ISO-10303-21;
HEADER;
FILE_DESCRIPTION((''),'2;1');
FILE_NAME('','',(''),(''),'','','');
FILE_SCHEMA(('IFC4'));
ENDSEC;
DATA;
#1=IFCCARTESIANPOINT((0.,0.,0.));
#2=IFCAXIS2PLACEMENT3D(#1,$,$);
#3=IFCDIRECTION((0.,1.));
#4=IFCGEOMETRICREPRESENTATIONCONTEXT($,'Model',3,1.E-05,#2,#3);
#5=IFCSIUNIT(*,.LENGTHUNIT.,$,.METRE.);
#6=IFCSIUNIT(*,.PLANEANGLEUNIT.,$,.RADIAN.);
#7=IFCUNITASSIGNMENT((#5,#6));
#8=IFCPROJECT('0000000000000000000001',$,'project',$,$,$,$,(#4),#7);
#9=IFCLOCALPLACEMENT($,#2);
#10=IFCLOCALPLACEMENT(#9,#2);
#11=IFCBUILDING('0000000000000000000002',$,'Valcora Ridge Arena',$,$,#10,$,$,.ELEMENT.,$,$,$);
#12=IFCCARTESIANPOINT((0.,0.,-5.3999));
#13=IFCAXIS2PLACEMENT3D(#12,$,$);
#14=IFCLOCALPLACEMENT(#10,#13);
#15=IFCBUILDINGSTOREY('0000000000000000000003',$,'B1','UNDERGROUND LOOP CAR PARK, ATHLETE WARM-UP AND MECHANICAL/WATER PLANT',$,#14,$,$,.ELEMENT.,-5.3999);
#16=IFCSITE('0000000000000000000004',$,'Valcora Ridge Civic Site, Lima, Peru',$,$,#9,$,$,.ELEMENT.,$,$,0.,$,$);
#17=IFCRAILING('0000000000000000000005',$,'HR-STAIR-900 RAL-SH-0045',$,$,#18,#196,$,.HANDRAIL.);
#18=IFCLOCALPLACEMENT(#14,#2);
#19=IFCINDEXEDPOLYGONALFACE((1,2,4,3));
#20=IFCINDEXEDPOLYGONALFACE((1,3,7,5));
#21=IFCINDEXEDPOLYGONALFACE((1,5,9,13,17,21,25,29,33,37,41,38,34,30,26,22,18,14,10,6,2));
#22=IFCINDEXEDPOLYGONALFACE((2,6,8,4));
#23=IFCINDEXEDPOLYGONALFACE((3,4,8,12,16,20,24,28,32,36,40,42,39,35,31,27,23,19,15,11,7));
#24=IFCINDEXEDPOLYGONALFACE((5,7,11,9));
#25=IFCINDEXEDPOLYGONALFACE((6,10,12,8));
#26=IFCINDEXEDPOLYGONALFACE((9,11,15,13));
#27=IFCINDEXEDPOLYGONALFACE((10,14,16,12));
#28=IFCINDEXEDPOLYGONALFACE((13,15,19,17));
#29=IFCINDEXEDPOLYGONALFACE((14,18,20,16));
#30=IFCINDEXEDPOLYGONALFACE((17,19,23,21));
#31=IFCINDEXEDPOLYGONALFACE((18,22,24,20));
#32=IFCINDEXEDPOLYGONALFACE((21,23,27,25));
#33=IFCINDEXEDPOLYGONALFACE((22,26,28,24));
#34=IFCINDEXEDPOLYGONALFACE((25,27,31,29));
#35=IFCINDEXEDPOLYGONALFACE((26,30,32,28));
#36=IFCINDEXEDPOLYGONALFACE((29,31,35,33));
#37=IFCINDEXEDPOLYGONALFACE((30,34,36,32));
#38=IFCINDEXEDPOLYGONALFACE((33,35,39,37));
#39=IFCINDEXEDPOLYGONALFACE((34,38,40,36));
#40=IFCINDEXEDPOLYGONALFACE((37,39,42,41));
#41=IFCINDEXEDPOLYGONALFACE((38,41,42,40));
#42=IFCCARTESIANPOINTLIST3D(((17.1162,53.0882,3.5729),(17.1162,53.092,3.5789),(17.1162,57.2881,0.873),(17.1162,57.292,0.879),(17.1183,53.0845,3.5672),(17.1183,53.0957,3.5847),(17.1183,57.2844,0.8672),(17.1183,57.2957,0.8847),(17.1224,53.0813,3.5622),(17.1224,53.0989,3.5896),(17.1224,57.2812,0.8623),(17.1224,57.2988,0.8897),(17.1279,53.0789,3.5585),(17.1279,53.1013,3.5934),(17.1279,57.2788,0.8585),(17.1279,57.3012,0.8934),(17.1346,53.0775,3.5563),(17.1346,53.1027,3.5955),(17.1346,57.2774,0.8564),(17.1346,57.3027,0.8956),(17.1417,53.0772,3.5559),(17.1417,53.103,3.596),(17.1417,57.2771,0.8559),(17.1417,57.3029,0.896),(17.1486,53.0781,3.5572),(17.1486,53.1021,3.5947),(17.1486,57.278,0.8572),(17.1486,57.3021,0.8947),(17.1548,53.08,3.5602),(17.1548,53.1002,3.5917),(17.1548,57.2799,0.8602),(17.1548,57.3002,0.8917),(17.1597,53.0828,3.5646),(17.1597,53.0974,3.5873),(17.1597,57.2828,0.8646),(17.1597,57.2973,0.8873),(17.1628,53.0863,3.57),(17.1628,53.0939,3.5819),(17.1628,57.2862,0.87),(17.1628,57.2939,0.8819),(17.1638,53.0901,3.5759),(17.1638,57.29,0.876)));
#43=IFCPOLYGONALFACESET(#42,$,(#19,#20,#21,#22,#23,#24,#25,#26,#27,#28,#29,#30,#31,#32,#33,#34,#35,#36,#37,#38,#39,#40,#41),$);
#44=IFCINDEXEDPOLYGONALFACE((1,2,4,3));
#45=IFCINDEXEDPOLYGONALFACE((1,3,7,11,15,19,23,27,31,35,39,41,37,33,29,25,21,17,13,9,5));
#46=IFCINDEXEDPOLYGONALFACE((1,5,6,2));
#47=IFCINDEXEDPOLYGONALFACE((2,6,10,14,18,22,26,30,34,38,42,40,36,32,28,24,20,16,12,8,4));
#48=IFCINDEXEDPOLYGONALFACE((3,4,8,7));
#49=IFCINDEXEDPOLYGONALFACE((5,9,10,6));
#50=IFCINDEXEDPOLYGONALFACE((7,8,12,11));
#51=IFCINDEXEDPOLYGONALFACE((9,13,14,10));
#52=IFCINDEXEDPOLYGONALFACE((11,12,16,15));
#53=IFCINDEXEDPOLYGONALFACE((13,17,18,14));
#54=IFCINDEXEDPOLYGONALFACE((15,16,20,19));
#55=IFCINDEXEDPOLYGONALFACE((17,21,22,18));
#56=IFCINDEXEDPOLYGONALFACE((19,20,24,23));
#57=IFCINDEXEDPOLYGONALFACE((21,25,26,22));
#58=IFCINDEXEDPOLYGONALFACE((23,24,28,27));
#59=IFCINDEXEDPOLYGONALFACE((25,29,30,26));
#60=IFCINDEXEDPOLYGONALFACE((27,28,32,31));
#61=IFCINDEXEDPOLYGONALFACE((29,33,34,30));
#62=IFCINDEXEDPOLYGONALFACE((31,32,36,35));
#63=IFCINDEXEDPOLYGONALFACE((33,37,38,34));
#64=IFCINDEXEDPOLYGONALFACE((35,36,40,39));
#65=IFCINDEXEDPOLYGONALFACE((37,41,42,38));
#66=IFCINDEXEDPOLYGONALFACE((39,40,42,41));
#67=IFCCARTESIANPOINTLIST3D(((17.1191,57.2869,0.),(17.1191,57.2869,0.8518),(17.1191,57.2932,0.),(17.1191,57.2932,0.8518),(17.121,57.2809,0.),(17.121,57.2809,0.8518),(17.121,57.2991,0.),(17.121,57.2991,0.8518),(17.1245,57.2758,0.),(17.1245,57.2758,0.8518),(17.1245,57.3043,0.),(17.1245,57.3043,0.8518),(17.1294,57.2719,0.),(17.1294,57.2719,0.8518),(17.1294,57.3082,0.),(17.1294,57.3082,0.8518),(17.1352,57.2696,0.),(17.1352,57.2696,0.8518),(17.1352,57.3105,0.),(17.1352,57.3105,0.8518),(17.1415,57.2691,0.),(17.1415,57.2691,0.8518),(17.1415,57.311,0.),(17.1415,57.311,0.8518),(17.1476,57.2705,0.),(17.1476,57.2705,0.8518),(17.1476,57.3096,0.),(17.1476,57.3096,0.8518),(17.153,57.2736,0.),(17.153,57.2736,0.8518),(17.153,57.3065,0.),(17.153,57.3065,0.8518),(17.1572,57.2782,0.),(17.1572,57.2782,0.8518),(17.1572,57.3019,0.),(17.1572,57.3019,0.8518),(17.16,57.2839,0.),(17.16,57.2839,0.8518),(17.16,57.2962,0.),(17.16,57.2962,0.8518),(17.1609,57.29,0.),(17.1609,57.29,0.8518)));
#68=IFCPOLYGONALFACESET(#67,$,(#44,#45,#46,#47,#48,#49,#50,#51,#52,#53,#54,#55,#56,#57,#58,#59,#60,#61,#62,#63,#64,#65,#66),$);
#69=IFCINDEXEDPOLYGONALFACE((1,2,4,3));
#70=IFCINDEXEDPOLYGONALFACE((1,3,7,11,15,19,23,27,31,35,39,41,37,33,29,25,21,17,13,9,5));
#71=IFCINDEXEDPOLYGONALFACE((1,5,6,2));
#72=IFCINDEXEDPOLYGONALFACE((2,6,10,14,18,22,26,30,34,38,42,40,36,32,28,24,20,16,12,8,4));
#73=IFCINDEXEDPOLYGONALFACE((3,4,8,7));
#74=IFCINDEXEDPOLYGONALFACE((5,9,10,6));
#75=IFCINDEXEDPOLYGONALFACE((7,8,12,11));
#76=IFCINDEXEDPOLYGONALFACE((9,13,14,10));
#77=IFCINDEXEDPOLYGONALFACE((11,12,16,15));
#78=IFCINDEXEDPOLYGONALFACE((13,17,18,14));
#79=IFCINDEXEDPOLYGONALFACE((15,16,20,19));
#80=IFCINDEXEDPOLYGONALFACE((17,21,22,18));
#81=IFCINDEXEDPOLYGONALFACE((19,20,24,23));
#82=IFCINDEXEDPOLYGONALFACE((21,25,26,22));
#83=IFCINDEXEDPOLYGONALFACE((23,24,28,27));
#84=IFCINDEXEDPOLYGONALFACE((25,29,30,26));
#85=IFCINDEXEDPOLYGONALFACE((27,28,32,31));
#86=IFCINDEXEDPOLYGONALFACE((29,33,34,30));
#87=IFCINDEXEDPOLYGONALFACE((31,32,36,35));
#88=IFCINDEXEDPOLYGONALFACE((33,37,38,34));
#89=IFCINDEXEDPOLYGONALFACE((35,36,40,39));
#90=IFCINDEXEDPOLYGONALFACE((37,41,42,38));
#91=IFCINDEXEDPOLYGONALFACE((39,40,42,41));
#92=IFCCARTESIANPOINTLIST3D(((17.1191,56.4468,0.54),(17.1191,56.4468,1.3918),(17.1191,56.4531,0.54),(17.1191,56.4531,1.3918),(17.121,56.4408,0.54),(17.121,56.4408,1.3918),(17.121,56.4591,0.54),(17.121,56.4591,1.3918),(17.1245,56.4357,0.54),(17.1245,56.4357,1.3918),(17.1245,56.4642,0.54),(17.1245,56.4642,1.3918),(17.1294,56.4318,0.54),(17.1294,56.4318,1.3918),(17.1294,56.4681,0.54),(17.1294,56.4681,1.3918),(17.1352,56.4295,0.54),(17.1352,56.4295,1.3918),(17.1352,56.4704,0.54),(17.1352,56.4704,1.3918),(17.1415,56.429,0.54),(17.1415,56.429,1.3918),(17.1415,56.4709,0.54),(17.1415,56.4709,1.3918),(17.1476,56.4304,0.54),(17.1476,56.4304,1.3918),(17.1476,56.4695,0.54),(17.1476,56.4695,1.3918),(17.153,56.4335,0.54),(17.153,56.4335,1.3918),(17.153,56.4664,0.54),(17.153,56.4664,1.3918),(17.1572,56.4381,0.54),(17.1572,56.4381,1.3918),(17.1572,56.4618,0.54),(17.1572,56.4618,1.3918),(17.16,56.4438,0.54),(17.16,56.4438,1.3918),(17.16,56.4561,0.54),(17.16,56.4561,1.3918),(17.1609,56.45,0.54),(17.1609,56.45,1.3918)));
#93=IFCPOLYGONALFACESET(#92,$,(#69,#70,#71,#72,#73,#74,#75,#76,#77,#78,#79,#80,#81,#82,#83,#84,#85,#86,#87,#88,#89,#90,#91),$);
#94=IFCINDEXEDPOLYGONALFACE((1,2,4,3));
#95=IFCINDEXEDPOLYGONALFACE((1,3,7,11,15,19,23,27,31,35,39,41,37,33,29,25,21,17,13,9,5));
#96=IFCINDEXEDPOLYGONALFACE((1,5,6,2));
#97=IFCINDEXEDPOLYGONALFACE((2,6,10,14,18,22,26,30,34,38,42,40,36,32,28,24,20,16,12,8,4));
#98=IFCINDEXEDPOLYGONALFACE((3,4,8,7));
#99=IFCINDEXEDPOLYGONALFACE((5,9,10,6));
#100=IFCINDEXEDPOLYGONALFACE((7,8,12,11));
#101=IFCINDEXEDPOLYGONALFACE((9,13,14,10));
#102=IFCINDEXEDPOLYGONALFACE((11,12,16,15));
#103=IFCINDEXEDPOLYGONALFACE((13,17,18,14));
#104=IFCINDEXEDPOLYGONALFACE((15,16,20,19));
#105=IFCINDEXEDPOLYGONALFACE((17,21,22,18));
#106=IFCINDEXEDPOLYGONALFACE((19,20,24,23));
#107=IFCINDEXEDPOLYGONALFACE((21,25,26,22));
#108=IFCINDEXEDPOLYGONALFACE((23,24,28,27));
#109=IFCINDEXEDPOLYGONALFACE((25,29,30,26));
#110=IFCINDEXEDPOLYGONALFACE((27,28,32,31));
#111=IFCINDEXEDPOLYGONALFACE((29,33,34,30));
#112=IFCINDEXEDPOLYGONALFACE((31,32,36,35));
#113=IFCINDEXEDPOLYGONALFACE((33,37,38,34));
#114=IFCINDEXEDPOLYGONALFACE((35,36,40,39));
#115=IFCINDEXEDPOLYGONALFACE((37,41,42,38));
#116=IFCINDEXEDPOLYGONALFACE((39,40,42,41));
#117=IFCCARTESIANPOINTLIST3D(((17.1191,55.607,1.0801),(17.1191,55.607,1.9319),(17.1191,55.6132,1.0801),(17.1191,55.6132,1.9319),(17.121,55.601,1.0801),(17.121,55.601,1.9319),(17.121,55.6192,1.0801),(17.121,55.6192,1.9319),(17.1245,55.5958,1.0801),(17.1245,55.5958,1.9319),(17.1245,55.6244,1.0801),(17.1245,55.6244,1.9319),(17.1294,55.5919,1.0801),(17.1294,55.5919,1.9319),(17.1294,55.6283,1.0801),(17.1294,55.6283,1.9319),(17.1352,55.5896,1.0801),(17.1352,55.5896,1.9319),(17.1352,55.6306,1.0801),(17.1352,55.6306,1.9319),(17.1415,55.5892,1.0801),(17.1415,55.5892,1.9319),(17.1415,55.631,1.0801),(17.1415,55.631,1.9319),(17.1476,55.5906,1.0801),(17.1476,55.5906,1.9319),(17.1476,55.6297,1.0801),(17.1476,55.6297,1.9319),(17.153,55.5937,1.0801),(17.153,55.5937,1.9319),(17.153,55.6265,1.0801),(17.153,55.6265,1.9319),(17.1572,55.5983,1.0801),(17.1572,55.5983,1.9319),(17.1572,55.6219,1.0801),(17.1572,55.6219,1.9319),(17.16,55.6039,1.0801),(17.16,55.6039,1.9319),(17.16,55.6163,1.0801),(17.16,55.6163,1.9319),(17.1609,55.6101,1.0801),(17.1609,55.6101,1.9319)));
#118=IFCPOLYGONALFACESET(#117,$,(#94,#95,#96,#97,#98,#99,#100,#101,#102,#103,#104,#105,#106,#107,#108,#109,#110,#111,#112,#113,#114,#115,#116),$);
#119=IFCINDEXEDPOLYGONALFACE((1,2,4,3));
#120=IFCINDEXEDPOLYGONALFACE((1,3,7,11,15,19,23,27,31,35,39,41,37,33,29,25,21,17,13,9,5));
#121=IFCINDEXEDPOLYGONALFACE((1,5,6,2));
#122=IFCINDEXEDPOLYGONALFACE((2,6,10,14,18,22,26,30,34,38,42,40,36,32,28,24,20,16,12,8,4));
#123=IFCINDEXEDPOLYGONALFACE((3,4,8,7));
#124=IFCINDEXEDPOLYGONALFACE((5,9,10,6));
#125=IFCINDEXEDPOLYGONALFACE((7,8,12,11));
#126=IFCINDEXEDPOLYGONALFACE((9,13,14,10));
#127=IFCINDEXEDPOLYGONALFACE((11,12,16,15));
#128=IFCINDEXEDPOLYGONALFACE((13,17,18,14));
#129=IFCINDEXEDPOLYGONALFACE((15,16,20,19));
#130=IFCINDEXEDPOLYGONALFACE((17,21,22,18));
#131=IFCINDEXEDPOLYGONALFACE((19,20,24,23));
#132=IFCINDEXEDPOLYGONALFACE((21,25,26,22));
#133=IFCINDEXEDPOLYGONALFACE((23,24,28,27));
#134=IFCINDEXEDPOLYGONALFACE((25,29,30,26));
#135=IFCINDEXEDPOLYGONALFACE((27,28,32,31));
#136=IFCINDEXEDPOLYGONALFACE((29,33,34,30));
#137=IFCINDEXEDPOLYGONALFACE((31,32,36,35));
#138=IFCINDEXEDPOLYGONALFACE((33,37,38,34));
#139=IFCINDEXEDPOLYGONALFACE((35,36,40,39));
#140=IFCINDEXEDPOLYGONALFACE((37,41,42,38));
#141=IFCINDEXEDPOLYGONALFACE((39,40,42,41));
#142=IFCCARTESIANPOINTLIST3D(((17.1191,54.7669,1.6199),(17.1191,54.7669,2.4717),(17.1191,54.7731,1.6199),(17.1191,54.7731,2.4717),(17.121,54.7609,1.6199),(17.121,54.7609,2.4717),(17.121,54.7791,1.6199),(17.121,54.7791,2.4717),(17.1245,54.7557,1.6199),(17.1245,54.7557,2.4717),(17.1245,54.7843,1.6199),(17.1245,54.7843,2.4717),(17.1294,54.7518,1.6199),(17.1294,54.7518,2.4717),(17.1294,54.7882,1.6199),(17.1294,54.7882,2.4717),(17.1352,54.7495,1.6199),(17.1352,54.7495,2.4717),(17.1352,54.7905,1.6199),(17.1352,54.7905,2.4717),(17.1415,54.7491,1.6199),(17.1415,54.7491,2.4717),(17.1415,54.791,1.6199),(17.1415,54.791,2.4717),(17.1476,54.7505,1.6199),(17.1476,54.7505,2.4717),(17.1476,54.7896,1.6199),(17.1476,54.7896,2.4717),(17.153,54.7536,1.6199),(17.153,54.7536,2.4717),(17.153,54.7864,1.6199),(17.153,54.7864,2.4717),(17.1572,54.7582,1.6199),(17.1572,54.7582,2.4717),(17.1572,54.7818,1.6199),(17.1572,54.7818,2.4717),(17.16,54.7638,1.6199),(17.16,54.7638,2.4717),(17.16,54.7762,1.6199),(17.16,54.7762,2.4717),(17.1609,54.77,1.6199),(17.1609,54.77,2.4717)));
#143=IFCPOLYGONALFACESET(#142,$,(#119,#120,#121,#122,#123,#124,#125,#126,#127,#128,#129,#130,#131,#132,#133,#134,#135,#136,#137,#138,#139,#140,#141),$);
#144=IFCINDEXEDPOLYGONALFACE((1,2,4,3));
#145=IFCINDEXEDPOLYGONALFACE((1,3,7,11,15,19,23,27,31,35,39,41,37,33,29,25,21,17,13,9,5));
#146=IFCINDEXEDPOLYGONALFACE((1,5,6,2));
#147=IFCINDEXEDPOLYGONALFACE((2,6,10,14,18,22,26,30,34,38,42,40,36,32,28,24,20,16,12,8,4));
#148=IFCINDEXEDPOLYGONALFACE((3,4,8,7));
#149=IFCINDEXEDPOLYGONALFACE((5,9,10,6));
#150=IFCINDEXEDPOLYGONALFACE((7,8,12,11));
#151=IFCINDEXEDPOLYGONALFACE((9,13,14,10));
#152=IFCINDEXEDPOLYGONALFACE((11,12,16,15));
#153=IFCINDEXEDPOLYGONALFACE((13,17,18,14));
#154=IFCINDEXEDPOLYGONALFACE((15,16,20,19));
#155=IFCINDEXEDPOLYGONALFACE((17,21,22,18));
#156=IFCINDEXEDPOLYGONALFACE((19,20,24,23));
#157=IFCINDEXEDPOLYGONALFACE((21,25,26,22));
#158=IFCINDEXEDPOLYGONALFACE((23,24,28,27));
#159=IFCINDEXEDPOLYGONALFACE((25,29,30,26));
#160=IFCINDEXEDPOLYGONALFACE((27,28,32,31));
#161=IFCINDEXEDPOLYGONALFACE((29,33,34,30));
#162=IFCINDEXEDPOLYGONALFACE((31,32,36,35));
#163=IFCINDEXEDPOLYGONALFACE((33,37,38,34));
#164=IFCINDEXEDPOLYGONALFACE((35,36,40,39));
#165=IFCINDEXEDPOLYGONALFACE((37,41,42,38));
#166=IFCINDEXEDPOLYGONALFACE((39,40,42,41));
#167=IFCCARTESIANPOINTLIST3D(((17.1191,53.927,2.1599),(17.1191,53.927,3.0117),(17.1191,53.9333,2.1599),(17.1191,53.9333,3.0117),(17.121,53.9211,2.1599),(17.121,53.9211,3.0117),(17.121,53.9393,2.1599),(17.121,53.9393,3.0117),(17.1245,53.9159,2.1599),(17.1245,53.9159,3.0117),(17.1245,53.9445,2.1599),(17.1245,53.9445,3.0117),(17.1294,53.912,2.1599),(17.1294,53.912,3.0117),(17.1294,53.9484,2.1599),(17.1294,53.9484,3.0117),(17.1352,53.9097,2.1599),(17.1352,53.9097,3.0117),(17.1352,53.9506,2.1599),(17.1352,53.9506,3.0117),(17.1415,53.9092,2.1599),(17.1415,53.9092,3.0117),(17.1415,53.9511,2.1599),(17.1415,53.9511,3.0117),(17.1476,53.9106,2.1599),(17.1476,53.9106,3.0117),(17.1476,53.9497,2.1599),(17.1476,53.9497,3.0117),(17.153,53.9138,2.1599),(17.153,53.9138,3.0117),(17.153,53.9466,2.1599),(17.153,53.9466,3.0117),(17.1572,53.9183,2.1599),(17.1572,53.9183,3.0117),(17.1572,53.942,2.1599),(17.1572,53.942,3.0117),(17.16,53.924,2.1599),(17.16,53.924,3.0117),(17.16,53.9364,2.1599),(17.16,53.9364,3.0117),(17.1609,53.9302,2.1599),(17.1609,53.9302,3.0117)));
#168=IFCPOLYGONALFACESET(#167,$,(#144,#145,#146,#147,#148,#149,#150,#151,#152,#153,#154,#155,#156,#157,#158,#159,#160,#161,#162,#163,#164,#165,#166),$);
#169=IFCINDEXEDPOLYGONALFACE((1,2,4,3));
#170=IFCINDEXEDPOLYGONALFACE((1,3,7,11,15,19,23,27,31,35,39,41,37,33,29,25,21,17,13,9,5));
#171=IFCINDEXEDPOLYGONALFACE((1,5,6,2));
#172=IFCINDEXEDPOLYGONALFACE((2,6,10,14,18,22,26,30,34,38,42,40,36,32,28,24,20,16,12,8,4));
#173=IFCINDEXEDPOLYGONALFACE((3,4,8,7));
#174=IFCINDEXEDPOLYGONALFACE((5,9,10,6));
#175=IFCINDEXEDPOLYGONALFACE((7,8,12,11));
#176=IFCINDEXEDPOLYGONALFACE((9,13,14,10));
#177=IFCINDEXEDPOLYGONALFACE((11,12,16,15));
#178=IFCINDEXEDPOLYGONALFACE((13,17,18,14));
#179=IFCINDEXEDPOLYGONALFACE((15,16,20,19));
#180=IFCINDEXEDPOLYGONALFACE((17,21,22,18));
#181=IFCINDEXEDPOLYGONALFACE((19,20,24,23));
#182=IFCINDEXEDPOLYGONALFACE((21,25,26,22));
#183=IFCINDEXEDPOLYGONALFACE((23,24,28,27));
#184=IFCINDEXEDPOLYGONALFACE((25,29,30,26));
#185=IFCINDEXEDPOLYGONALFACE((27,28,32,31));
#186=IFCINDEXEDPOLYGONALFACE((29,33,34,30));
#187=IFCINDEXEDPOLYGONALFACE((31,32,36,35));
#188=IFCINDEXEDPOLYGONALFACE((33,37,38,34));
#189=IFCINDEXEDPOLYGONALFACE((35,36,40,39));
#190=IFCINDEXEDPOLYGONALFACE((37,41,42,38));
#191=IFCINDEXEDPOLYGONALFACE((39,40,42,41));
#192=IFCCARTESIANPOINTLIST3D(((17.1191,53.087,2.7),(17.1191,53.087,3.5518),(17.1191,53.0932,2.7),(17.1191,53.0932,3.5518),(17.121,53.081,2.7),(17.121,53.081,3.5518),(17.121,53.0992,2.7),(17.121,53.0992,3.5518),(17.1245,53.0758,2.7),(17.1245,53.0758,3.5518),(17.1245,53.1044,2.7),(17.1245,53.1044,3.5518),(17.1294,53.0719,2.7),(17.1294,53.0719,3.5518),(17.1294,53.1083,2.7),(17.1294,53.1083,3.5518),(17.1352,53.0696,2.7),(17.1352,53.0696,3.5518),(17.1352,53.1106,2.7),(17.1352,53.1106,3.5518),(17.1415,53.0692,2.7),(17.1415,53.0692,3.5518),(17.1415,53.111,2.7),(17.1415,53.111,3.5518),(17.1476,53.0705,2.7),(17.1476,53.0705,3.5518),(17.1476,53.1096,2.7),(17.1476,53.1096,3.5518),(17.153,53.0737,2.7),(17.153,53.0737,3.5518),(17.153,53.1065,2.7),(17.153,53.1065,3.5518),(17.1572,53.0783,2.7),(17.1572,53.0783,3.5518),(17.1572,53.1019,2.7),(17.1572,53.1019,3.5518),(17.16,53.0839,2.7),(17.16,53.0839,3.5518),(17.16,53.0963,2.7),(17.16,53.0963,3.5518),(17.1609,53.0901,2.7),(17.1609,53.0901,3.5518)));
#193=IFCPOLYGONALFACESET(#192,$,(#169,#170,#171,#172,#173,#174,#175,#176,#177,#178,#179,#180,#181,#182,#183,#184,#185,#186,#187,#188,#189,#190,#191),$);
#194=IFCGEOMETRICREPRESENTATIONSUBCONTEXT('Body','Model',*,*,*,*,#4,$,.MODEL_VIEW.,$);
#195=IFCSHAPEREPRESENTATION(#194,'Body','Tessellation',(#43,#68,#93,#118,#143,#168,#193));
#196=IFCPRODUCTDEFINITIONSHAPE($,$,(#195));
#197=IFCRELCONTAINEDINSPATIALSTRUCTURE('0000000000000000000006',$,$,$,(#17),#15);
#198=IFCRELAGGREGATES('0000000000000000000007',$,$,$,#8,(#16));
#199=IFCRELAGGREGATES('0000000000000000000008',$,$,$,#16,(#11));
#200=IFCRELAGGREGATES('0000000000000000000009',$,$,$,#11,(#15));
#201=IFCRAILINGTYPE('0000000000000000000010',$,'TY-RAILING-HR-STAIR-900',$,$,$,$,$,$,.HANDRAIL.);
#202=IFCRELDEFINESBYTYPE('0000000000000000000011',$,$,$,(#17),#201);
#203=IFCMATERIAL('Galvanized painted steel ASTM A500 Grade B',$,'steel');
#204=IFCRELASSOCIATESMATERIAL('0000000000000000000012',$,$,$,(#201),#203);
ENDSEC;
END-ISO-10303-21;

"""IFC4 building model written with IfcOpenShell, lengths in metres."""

from ifc_helpers import new_model, si_unit, direction, frame, origin, origin_2d, place, context, subcontext, project, spatial, circle, extrude, material, type_object, element, save


model = new_model("IFC4")

# Units and contexts
model_context = context("Model", 3, precision=1e-05, world=origin(), true_north=direction((0.0, 1.0)))
body_context = subcontext(model_context, "Body", "Model", "MODEL_VIEW")
ifc_project = project(units=[si_unit("LENGTHUNIT", "METRE"), si_unit("PLANEANGLEUNIT", "RADIAN")], contexts=[model_context])

# Site, building, storey
site_placement = place(None, origin())
site = spatial("IfcSite", under=ifc_project, at=site_placement, Name="Valcora Ridge Civic Site, Lima, Peru", CompositionType="ELEMENT", RefElevation=0.0)
building_placement = place(site_placement, origin())
building = spatial("IfcBuilding", under=site, at=building_placement, Name="Valcora Ridge Arena", CompositionType="ELEMENT")
storey_placement = place(building_placement, frame((0.0, 0.0, -5.3999)))
storey = spatial("IfcBuildingStorey", under=building, at=storey_placement, Name="B1", Description="UNDERGROUND LOOP CAR PARK, ATHLETE WARM-UP AND MECHANICAL/WATER PLANT", CompositionType="ELEMENT", Elevation=-5.3999)

# Railing
ifc_material_1 = material(Name="Galvanized painted steel ASTM A500 Grade B", Category="steel")
railing_type_1 = type_object("IfcRailingType", Name="TY-RAILING-HR-STAIR-900", PredefinedType="HANDRAIL", material=ifc_material_1)
railing_1_placement = place(storey_placement, frame((17.1399, 57.29, 0.0)))
element("IfcRailing", 1, at=railing_1_placement, inside=storey, type_object=railing_type_1, Name="HR-STAIR-900 RAL-SH-0045", PredefinedType="HANDRAIL", context=body_context, shape_type="SweptSolid", body=[
    extrude(circle(Radius=0.0239, at=origin_2d()), frame((0.0, 0.0, 0.876), z_axis=(0.0, -0.84118, 0.540755), x_axis=(1.0, 0.0, 0.0)), (0.0, 0.0, 1.0), 4.9929),
    extrude(circle(Radius=0.021, at=origin_2d()), origin(), (0.0, 0.0, 1.0), 0.8518),
    extrude(circle(Radius=0.021, at=origin_2d()), frame((0.0, -0.8401, 0.54)), (0.0, 0.0, 1.0), 0.8518),
    extrude(circle(Radius=0.021, at=origin_2d()), frame((0.0, -1.6799, 1.0801)), (0.0, 0.0, 1.0), 0.8518),
    extrude(circle(Radius=0.021, at=origin_2d()), frame((0.0, -2.52, 1.6199)), (0.0, 0.0, 1.0), 0.8518),
    extrude(circle(Radius=0.021, at=origin_2d()), frame((0.0, -3.3599, 2.1599)), (0.0, 0.0, 1.0), 0.8518),
    extrude(circle(Radius=0.021, at=origin_2d()), frame((0.0, -4.2, 2.7)), (0.0, 0.0, 1.0), 0.8518),
])

save(model, "model.ifc")
